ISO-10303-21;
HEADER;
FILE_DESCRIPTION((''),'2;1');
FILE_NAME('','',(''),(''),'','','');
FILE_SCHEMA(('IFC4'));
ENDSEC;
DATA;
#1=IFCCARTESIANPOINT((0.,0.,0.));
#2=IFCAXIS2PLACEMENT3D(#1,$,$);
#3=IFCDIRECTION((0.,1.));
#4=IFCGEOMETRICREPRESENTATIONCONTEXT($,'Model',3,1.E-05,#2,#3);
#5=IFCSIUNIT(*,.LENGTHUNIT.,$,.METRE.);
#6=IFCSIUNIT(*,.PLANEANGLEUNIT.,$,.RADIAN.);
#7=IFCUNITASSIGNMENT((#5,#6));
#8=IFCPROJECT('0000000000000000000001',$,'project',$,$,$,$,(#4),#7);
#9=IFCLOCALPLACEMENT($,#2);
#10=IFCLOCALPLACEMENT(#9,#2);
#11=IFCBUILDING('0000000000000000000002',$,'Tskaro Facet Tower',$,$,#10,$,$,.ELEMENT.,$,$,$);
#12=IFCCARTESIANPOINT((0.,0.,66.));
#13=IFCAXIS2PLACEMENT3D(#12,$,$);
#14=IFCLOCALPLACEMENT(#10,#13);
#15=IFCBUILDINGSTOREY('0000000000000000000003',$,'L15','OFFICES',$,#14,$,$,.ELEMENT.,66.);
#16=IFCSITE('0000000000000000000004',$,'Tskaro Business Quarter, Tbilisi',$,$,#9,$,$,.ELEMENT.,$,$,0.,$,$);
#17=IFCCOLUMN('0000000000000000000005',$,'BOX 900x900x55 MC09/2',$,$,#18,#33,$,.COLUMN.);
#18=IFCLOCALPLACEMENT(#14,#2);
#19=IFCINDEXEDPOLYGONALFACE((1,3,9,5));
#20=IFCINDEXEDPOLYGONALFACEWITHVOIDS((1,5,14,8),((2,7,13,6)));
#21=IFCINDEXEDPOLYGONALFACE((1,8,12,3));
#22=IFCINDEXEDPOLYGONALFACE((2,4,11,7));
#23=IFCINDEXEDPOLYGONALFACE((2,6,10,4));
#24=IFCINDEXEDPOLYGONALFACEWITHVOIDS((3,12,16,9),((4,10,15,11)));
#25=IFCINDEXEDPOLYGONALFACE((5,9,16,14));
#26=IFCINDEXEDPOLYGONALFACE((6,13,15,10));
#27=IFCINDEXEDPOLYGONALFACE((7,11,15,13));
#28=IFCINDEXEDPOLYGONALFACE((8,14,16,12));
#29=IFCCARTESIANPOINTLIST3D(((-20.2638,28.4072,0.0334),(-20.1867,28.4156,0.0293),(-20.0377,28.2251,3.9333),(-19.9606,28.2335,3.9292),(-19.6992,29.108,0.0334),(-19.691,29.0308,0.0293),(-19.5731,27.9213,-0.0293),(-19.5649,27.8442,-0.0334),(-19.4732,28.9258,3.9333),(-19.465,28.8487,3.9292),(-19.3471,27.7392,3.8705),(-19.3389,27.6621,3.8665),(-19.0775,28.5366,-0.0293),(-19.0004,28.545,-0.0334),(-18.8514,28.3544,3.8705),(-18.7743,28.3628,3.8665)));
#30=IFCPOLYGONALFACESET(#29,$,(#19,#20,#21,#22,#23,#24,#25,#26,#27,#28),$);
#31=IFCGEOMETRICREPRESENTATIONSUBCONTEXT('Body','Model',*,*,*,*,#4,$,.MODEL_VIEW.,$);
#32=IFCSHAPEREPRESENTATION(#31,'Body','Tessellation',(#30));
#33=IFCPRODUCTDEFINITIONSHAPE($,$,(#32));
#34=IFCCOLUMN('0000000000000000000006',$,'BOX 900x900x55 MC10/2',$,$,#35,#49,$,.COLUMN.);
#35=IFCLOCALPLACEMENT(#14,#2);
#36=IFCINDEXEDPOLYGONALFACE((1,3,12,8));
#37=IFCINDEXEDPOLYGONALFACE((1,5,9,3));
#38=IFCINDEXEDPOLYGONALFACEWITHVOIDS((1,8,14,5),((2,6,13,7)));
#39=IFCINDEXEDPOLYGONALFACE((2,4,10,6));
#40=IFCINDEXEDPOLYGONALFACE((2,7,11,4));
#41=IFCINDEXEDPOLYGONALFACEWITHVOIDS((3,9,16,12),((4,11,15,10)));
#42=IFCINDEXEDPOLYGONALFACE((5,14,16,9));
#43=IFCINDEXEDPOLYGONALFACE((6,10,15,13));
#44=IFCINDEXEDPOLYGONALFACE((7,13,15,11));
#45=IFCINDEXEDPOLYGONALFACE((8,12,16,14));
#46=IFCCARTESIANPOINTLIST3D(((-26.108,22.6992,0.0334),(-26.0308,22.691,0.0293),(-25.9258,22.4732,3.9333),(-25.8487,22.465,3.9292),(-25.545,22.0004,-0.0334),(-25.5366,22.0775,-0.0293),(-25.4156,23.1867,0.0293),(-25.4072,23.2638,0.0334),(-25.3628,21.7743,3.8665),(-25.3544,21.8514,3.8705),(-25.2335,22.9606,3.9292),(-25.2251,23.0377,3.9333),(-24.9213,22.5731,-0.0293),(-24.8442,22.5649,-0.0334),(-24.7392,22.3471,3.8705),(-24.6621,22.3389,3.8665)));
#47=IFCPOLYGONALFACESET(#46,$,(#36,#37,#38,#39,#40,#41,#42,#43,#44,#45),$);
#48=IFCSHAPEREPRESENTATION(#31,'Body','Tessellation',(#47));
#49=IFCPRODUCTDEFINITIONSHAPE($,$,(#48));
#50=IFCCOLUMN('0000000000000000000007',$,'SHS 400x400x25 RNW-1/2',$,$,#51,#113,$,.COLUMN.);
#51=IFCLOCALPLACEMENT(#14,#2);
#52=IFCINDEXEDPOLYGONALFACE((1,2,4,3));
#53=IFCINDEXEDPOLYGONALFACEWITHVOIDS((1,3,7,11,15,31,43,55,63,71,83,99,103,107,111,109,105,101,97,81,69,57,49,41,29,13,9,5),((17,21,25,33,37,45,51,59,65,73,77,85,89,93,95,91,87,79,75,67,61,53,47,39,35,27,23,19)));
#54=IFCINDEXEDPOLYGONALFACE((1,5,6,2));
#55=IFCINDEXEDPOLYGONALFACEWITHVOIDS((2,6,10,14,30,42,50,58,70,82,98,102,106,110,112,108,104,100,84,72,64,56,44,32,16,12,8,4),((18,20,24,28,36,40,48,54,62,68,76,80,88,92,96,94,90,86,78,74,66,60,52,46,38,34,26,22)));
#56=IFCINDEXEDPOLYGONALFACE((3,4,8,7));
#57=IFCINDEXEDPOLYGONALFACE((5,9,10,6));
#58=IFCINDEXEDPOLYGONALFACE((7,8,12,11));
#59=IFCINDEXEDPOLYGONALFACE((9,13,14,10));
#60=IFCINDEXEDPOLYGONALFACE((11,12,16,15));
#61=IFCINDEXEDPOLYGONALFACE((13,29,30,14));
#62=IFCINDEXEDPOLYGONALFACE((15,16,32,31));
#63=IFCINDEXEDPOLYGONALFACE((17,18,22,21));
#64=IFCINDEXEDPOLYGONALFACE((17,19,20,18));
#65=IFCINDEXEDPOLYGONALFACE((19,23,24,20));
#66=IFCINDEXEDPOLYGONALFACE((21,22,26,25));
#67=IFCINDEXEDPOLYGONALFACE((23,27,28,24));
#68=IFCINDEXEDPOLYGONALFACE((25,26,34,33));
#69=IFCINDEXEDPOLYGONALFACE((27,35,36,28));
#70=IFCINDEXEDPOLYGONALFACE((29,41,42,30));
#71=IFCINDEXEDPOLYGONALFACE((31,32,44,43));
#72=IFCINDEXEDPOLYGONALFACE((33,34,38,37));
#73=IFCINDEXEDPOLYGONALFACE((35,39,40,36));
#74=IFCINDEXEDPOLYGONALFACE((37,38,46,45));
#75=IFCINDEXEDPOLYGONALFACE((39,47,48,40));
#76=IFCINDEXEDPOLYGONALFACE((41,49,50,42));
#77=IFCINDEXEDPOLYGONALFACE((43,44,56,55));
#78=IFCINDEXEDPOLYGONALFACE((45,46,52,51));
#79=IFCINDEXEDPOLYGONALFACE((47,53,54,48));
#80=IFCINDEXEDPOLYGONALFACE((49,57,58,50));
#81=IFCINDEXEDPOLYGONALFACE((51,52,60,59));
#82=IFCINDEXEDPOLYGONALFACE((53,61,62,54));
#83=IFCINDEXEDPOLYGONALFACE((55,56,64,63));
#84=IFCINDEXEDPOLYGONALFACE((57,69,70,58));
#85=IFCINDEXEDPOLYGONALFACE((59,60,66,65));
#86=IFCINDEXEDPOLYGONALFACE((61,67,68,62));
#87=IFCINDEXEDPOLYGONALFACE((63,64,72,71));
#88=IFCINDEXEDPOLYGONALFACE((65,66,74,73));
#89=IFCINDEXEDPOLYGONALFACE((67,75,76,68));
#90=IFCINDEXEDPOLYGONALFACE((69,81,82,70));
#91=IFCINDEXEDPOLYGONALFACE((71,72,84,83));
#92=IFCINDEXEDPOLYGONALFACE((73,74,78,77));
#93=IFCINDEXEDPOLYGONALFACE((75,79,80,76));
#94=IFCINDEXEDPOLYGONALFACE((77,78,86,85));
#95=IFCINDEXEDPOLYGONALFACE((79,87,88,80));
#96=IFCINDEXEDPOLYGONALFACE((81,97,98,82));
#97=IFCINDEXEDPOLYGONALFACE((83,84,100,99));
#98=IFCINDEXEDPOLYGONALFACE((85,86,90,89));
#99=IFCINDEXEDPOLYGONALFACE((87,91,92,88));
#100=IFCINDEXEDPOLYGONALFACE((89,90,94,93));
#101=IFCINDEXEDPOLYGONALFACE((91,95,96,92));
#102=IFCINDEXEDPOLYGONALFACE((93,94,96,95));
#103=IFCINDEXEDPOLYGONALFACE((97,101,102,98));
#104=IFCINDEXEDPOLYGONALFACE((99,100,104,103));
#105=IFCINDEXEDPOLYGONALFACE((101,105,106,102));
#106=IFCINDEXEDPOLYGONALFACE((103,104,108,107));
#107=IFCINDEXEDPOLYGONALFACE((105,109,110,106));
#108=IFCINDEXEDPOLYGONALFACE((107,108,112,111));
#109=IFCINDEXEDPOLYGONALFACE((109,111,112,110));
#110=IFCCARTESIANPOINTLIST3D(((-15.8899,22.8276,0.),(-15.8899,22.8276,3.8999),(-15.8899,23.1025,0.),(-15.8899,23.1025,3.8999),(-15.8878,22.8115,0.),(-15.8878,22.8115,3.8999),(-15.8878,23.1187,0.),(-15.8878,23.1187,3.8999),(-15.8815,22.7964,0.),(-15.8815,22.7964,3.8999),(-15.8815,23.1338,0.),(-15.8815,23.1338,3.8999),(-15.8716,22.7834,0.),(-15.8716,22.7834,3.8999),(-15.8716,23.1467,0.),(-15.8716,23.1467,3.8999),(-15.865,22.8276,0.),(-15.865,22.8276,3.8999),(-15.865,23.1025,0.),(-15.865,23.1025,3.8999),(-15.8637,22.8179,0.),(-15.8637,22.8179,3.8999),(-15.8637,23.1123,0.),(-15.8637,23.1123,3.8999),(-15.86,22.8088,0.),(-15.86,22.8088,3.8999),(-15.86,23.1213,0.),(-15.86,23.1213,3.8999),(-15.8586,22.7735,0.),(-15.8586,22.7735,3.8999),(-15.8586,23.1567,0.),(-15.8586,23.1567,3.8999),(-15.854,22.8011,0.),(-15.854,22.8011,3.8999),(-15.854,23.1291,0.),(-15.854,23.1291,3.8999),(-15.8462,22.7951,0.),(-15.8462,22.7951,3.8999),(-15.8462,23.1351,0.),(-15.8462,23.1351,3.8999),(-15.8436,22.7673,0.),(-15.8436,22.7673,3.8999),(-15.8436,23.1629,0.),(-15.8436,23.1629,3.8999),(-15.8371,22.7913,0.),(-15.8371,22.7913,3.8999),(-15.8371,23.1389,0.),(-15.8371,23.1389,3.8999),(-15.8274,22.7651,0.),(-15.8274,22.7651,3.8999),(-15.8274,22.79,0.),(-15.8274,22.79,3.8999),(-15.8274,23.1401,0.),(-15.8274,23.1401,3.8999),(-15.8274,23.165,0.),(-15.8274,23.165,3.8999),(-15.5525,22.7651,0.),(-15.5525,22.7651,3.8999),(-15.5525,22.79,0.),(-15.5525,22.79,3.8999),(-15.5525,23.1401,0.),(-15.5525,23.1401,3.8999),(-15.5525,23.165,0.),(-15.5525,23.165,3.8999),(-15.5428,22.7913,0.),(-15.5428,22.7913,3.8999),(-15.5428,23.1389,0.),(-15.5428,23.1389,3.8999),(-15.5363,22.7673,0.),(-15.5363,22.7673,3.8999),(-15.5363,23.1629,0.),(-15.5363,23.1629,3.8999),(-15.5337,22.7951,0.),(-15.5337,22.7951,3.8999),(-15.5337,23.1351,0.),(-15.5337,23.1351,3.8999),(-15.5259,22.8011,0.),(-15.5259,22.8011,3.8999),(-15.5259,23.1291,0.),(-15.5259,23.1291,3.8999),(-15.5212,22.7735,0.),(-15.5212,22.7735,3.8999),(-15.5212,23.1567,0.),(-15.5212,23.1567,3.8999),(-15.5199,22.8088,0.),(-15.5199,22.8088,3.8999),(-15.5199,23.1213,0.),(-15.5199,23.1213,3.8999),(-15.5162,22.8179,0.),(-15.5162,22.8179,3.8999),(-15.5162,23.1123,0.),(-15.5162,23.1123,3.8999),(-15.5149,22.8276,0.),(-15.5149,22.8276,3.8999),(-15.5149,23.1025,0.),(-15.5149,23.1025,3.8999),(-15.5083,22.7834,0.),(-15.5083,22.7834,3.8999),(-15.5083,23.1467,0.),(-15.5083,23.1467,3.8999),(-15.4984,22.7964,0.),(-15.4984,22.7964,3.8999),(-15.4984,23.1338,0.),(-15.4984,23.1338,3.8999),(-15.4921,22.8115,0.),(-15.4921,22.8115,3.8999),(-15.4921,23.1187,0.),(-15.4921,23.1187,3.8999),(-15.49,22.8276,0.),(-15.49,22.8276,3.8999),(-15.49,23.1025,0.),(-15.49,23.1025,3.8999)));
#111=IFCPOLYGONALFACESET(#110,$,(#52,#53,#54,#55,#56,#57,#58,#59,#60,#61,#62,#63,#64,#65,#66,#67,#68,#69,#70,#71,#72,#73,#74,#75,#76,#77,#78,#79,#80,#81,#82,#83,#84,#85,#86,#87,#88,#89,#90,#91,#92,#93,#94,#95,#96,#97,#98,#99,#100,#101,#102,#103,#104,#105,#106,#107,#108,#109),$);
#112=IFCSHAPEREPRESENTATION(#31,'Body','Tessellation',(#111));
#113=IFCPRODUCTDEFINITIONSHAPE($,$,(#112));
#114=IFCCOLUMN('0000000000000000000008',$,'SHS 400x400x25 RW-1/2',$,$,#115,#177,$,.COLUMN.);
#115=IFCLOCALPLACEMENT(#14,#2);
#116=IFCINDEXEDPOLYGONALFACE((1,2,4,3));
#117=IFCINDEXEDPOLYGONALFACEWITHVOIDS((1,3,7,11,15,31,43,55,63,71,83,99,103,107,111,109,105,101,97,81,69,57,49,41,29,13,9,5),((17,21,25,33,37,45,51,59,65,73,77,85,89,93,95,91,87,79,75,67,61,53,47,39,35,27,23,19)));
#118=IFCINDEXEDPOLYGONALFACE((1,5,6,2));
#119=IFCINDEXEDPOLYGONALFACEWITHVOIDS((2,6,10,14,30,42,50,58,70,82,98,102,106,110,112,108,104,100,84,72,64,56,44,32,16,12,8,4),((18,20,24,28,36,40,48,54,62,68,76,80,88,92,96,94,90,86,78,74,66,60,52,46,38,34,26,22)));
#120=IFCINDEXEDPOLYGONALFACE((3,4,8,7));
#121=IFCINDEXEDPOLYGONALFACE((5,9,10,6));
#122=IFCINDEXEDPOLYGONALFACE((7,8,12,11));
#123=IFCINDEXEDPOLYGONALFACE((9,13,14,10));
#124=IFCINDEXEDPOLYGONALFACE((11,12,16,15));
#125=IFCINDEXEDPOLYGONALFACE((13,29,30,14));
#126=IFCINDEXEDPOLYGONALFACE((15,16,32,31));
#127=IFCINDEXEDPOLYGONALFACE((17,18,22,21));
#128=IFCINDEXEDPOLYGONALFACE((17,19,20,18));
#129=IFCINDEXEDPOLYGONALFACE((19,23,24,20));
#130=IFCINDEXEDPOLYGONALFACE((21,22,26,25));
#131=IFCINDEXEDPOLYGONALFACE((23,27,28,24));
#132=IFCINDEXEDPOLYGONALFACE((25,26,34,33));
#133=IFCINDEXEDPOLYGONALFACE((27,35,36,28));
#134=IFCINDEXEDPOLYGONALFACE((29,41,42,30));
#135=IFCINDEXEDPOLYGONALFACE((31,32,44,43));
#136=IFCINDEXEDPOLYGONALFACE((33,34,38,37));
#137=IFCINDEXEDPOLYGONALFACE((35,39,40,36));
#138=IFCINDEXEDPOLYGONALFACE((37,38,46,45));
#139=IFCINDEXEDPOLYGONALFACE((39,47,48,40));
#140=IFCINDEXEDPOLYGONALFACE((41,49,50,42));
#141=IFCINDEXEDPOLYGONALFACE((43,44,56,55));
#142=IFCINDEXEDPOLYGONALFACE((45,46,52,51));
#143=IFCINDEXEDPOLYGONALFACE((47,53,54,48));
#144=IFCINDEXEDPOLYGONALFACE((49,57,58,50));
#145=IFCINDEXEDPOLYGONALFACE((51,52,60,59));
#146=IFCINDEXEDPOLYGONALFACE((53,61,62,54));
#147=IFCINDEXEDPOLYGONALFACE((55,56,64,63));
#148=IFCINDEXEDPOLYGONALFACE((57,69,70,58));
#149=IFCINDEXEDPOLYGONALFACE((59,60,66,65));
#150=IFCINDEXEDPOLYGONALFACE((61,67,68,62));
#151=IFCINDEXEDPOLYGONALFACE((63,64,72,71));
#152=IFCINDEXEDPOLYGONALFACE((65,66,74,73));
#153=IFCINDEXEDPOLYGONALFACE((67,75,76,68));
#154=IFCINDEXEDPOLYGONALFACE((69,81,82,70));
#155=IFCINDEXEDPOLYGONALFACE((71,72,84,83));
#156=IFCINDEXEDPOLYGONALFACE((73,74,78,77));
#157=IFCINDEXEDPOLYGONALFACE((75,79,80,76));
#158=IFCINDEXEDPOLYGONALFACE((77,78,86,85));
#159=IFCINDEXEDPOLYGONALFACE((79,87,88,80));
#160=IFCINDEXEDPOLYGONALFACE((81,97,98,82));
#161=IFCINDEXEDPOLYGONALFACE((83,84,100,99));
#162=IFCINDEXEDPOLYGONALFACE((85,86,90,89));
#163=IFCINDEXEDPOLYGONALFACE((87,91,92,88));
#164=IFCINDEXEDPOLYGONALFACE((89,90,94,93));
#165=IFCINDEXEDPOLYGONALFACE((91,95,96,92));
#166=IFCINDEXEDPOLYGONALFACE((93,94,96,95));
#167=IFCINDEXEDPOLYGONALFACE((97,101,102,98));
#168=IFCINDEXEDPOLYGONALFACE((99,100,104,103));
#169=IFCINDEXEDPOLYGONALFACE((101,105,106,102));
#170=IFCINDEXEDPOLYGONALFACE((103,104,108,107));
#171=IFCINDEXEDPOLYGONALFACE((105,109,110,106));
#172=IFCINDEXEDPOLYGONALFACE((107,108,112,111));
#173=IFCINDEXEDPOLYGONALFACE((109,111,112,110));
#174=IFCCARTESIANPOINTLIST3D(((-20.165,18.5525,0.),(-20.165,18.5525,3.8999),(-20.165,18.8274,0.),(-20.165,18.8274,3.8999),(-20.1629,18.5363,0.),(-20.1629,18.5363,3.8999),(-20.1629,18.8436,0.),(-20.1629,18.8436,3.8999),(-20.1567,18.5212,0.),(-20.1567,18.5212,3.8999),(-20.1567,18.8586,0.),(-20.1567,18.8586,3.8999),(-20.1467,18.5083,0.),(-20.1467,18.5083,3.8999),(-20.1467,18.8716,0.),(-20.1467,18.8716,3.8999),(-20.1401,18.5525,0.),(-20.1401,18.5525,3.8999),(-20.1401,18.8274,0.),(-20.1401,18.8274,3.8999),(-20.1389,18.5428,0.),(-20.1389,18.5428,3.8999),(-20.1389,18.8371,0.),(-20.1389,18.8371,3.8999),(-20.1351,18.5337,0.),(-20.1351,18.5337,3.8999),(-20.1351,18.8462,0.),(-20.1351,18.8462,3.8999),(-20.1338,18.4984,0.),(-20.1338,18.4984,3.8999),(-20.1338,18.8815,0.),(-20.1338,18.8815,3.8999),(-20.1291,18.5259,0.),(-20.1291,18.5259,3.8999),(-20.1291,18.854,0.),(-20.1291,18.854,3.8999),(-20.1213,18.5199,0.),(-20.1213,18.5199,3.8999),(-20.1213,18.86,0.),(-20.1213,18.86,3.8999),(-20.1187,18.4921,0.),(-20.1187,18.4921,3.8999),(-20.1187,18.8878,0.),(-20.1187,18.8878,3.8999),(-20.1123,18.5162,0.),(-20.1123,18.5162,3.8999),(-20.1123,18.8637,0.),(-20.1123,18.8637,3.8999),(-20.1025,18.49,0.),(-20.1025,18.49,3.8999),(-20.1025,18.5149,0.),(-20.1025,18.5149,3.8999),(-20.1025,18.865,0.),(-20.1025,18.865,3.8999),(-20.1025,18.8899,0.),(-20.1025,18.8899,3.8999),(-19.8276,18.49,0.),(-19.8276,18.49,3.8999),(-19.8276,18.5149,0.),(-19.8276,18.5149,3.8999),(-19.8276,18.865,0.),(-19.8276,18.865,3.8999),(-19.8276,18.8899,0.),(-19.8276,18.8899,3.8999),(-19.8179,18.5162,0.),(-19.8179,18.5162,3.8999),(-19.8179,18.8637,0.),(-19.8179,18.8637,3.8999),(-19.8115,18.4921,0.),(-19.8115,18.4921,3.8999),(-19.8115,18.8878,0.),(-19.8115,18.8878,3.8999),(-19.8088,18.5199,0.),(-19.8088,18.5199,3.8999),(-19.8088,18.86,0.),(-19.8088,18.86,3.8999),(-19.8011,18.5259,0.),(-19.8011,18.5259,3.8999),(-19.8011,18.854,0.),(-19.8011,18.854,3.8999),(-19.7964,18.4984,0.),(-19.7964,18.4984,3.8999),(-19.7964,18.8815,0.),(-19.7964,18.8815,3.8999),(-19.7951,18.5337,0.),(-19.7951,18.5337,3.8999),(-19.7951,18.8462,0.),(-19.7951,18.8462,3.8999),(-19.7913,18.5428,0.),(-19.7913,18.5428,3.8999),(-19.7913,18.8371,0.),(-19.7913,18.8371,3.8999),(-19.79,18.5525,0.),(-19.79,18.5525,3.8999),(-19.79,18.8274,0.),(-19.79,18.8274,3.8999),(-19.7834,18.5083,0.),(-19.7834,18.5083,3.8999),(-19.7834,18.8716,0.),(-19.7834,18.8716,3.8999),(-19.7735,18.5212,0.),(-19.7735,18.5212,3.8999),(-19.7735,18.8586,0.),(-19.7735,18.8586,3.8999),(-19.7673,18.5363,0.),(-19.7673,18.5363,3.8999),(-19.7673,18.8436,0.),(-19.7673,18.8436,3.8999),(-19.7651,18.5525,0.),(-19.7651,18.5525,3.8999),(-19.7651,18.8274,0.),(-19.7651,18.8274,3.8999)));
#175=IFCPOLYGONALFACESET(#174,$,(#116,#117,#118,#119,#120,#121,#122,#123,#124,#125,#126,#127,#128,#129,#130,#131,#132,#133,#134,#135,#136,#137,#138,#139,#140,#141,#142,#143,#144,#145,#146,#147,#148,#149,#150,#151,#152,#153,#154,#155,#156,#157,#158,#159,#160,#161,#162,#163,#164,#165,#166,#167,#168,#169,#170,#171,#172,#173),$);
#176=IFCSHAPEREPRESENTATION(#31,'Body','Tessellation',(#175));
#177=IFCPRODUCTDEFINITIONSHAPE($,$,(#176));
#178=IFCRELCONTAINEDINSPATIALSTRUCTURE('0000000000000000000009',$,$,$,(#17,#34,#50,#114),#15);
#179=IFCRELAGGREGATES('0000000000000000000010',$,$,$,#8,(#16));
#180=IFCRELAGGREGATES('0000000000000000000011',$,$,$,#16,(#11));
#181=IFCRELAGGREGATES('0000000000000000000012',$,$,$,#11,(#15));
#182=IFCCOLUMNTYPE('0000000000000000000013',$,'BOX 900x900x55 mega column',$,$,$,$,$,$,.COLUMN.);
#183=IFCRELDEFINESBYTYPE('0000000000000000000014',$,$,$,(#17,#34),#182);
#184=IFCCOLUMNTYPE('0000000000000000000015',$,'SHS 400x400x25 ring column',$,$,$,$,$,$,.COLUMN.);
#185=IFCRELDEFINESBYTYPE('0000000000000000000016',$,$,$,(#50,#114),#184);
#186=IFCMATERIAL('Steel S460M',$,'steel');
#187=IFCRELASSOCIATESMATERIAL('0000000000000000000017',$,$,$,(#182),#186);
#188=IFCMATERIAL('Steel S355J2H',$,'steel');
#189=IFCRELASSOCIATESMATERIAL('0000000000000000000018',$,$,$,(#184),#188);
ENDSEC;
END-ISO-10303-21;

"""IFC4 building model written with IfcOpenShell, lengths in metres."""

from ifc_helpers import new_model, si_unit, direction, frame, origin, origin_2d, place, context, subcontext, project, spatial, hollow_rectangle, extrude, material, material_profile, profile_set, type_object, element, save


model = new_model("IFC4")

# Units and contexts
model_context = context("Model", 3, precision=1e-05, world=origin(), true_north=direction((0.0, 1.0)))
body_context = subcontext(model_context, "Body", "Model", "MODEL_VIEW")
ifc_project = project(units=[si_unit("LENGTHUNIT", "METRE"), si_unit("PLANEANGLEUNIT", "RADIAN")], contexts=[model_context])

# Site, building, storey
site_placement = place(None, origin())
site = spatial("IfcSite", under=ifc_project, at=site_placement, Name="Tskaro Business Quarter, Tbilisi", CompositionType="ELEMENT", RefElevation=0.0)
building_placement = place(site_placement, origin())
building = spatial("IfcBuilding", under=site, at=building_placement, Name="Tskaro Facet Tower", CompositionType="ELEMENT")
storey_placement = place(building_placement, frame((0.0, 0.0, 66.0)))
storey = spatial("IfcBuildingStorey", under=building, at=storey_placement, Name="L15", Description="OFFICES", CompositionType="ELEMENT", Elevation=66.0)

# Columns
ifc_material_1 = material(Name="Steel S460M", Category="steel")
ifc_material_profile_1 = material_profile(ifc_material_1, hollow_rectangle(XDim=0.8999, YDim=0.8999, WallThickness=0.0549, at=origin_2d()), Name="BOX 900x900x55")
ifc_profile_set_1 = profile_set([ifc_material_profile_1], Name="Steel S460M")
column_type_1 = type_object("IfcColumnType", Name="BOX 900x900x55 mega column", PredefinedType="COLUMN", material=ifc_profile_set_1)
for number, where, z_axis, x_axis, name in (
    (1, (-19.6321, 28.4761, 0.0), (0.057809, -0.046572, 0.997241), (0.627358, 0.778731, 0.0), "BOX 900x900x55 MC09/2"),
    (2, (-25.4761, 22.6321, 0.0), (0.046572, -0.057809, 0.997241), (0.778731, 0.627358, 0.0), "BOX 900x900x55 MC10/2"),
):
    element("IfcColumn", number, at=place(storey_placement, frame(where, z_axis=z_axis, x_axis=x_axis)), inside=storey, type_object=column_type_1, Name=name, PredefinedType="COLUMN", context=body_context, shape_type="SweptSolid", body=[
        extrude(hollow_rectangle(XDim=0.8999, YDim=0.8999, WallThickness=0.0549, at=origin_2d()), origin(), (0.0, 0.0, 1.0), 3.9106),
    ])
ifc_material_2 = material(Name="Steel S355J2H", Category="steel")
ifc_material_profile_2 = material_profile(ifc_material_2, hollow_rectangle(XDim=0.3999, YDim=0.3999, WallThickness=0.0249, InnerFilletRadius=0.0376, OuterFilletRadius=0.0625, at=origin_2d()), Name="SHS 400x400x25")
ifc_profile_set_2 = profile_set([ifc_material_profile_2], Name="Steel S355J2H")
column_type_2 = type_object("IfcColumnType", Name="SHS 400x400x25 ring column", PredefinedType="COLUMN", material=ifc_profile_set_2)
for number, where, z_axis, x_axis, name in (
    (3, (-15.6899, 22.9651, 0.0), (0.0, 0.0, 1.0), (1.0, 0.0, 0.0), "SHS 400x400x25 RNW-1/2"),
    (4, (-19.9651, 18.6899, 0.0), (0.0, 0.0, 1.0), (1.0, 0.0, 0.0), "SHS 400x400x25 RW-1/2"),
):
    element("IfcColumn", number, at=place(storey_placement, frame(where, z_axis=z_axis, x_axis=x_axis)), inside=storey, type_object=column_type_2, Name=name, PredefinedType="COLUMN", context=body_context, shape_type="SweptSolid", body=[
        extrude(hollow_rectangle(XDim=0.3999, YDim=0.3999, WallThickness=0.0249, InnerFilletRadius=0.0376, OuterFilletRadius=0.0625, at=origin_2d()), origin(), (0.0, 0.0, 1.0), 3.8999),
    ])

save(model, "model.ifc")
